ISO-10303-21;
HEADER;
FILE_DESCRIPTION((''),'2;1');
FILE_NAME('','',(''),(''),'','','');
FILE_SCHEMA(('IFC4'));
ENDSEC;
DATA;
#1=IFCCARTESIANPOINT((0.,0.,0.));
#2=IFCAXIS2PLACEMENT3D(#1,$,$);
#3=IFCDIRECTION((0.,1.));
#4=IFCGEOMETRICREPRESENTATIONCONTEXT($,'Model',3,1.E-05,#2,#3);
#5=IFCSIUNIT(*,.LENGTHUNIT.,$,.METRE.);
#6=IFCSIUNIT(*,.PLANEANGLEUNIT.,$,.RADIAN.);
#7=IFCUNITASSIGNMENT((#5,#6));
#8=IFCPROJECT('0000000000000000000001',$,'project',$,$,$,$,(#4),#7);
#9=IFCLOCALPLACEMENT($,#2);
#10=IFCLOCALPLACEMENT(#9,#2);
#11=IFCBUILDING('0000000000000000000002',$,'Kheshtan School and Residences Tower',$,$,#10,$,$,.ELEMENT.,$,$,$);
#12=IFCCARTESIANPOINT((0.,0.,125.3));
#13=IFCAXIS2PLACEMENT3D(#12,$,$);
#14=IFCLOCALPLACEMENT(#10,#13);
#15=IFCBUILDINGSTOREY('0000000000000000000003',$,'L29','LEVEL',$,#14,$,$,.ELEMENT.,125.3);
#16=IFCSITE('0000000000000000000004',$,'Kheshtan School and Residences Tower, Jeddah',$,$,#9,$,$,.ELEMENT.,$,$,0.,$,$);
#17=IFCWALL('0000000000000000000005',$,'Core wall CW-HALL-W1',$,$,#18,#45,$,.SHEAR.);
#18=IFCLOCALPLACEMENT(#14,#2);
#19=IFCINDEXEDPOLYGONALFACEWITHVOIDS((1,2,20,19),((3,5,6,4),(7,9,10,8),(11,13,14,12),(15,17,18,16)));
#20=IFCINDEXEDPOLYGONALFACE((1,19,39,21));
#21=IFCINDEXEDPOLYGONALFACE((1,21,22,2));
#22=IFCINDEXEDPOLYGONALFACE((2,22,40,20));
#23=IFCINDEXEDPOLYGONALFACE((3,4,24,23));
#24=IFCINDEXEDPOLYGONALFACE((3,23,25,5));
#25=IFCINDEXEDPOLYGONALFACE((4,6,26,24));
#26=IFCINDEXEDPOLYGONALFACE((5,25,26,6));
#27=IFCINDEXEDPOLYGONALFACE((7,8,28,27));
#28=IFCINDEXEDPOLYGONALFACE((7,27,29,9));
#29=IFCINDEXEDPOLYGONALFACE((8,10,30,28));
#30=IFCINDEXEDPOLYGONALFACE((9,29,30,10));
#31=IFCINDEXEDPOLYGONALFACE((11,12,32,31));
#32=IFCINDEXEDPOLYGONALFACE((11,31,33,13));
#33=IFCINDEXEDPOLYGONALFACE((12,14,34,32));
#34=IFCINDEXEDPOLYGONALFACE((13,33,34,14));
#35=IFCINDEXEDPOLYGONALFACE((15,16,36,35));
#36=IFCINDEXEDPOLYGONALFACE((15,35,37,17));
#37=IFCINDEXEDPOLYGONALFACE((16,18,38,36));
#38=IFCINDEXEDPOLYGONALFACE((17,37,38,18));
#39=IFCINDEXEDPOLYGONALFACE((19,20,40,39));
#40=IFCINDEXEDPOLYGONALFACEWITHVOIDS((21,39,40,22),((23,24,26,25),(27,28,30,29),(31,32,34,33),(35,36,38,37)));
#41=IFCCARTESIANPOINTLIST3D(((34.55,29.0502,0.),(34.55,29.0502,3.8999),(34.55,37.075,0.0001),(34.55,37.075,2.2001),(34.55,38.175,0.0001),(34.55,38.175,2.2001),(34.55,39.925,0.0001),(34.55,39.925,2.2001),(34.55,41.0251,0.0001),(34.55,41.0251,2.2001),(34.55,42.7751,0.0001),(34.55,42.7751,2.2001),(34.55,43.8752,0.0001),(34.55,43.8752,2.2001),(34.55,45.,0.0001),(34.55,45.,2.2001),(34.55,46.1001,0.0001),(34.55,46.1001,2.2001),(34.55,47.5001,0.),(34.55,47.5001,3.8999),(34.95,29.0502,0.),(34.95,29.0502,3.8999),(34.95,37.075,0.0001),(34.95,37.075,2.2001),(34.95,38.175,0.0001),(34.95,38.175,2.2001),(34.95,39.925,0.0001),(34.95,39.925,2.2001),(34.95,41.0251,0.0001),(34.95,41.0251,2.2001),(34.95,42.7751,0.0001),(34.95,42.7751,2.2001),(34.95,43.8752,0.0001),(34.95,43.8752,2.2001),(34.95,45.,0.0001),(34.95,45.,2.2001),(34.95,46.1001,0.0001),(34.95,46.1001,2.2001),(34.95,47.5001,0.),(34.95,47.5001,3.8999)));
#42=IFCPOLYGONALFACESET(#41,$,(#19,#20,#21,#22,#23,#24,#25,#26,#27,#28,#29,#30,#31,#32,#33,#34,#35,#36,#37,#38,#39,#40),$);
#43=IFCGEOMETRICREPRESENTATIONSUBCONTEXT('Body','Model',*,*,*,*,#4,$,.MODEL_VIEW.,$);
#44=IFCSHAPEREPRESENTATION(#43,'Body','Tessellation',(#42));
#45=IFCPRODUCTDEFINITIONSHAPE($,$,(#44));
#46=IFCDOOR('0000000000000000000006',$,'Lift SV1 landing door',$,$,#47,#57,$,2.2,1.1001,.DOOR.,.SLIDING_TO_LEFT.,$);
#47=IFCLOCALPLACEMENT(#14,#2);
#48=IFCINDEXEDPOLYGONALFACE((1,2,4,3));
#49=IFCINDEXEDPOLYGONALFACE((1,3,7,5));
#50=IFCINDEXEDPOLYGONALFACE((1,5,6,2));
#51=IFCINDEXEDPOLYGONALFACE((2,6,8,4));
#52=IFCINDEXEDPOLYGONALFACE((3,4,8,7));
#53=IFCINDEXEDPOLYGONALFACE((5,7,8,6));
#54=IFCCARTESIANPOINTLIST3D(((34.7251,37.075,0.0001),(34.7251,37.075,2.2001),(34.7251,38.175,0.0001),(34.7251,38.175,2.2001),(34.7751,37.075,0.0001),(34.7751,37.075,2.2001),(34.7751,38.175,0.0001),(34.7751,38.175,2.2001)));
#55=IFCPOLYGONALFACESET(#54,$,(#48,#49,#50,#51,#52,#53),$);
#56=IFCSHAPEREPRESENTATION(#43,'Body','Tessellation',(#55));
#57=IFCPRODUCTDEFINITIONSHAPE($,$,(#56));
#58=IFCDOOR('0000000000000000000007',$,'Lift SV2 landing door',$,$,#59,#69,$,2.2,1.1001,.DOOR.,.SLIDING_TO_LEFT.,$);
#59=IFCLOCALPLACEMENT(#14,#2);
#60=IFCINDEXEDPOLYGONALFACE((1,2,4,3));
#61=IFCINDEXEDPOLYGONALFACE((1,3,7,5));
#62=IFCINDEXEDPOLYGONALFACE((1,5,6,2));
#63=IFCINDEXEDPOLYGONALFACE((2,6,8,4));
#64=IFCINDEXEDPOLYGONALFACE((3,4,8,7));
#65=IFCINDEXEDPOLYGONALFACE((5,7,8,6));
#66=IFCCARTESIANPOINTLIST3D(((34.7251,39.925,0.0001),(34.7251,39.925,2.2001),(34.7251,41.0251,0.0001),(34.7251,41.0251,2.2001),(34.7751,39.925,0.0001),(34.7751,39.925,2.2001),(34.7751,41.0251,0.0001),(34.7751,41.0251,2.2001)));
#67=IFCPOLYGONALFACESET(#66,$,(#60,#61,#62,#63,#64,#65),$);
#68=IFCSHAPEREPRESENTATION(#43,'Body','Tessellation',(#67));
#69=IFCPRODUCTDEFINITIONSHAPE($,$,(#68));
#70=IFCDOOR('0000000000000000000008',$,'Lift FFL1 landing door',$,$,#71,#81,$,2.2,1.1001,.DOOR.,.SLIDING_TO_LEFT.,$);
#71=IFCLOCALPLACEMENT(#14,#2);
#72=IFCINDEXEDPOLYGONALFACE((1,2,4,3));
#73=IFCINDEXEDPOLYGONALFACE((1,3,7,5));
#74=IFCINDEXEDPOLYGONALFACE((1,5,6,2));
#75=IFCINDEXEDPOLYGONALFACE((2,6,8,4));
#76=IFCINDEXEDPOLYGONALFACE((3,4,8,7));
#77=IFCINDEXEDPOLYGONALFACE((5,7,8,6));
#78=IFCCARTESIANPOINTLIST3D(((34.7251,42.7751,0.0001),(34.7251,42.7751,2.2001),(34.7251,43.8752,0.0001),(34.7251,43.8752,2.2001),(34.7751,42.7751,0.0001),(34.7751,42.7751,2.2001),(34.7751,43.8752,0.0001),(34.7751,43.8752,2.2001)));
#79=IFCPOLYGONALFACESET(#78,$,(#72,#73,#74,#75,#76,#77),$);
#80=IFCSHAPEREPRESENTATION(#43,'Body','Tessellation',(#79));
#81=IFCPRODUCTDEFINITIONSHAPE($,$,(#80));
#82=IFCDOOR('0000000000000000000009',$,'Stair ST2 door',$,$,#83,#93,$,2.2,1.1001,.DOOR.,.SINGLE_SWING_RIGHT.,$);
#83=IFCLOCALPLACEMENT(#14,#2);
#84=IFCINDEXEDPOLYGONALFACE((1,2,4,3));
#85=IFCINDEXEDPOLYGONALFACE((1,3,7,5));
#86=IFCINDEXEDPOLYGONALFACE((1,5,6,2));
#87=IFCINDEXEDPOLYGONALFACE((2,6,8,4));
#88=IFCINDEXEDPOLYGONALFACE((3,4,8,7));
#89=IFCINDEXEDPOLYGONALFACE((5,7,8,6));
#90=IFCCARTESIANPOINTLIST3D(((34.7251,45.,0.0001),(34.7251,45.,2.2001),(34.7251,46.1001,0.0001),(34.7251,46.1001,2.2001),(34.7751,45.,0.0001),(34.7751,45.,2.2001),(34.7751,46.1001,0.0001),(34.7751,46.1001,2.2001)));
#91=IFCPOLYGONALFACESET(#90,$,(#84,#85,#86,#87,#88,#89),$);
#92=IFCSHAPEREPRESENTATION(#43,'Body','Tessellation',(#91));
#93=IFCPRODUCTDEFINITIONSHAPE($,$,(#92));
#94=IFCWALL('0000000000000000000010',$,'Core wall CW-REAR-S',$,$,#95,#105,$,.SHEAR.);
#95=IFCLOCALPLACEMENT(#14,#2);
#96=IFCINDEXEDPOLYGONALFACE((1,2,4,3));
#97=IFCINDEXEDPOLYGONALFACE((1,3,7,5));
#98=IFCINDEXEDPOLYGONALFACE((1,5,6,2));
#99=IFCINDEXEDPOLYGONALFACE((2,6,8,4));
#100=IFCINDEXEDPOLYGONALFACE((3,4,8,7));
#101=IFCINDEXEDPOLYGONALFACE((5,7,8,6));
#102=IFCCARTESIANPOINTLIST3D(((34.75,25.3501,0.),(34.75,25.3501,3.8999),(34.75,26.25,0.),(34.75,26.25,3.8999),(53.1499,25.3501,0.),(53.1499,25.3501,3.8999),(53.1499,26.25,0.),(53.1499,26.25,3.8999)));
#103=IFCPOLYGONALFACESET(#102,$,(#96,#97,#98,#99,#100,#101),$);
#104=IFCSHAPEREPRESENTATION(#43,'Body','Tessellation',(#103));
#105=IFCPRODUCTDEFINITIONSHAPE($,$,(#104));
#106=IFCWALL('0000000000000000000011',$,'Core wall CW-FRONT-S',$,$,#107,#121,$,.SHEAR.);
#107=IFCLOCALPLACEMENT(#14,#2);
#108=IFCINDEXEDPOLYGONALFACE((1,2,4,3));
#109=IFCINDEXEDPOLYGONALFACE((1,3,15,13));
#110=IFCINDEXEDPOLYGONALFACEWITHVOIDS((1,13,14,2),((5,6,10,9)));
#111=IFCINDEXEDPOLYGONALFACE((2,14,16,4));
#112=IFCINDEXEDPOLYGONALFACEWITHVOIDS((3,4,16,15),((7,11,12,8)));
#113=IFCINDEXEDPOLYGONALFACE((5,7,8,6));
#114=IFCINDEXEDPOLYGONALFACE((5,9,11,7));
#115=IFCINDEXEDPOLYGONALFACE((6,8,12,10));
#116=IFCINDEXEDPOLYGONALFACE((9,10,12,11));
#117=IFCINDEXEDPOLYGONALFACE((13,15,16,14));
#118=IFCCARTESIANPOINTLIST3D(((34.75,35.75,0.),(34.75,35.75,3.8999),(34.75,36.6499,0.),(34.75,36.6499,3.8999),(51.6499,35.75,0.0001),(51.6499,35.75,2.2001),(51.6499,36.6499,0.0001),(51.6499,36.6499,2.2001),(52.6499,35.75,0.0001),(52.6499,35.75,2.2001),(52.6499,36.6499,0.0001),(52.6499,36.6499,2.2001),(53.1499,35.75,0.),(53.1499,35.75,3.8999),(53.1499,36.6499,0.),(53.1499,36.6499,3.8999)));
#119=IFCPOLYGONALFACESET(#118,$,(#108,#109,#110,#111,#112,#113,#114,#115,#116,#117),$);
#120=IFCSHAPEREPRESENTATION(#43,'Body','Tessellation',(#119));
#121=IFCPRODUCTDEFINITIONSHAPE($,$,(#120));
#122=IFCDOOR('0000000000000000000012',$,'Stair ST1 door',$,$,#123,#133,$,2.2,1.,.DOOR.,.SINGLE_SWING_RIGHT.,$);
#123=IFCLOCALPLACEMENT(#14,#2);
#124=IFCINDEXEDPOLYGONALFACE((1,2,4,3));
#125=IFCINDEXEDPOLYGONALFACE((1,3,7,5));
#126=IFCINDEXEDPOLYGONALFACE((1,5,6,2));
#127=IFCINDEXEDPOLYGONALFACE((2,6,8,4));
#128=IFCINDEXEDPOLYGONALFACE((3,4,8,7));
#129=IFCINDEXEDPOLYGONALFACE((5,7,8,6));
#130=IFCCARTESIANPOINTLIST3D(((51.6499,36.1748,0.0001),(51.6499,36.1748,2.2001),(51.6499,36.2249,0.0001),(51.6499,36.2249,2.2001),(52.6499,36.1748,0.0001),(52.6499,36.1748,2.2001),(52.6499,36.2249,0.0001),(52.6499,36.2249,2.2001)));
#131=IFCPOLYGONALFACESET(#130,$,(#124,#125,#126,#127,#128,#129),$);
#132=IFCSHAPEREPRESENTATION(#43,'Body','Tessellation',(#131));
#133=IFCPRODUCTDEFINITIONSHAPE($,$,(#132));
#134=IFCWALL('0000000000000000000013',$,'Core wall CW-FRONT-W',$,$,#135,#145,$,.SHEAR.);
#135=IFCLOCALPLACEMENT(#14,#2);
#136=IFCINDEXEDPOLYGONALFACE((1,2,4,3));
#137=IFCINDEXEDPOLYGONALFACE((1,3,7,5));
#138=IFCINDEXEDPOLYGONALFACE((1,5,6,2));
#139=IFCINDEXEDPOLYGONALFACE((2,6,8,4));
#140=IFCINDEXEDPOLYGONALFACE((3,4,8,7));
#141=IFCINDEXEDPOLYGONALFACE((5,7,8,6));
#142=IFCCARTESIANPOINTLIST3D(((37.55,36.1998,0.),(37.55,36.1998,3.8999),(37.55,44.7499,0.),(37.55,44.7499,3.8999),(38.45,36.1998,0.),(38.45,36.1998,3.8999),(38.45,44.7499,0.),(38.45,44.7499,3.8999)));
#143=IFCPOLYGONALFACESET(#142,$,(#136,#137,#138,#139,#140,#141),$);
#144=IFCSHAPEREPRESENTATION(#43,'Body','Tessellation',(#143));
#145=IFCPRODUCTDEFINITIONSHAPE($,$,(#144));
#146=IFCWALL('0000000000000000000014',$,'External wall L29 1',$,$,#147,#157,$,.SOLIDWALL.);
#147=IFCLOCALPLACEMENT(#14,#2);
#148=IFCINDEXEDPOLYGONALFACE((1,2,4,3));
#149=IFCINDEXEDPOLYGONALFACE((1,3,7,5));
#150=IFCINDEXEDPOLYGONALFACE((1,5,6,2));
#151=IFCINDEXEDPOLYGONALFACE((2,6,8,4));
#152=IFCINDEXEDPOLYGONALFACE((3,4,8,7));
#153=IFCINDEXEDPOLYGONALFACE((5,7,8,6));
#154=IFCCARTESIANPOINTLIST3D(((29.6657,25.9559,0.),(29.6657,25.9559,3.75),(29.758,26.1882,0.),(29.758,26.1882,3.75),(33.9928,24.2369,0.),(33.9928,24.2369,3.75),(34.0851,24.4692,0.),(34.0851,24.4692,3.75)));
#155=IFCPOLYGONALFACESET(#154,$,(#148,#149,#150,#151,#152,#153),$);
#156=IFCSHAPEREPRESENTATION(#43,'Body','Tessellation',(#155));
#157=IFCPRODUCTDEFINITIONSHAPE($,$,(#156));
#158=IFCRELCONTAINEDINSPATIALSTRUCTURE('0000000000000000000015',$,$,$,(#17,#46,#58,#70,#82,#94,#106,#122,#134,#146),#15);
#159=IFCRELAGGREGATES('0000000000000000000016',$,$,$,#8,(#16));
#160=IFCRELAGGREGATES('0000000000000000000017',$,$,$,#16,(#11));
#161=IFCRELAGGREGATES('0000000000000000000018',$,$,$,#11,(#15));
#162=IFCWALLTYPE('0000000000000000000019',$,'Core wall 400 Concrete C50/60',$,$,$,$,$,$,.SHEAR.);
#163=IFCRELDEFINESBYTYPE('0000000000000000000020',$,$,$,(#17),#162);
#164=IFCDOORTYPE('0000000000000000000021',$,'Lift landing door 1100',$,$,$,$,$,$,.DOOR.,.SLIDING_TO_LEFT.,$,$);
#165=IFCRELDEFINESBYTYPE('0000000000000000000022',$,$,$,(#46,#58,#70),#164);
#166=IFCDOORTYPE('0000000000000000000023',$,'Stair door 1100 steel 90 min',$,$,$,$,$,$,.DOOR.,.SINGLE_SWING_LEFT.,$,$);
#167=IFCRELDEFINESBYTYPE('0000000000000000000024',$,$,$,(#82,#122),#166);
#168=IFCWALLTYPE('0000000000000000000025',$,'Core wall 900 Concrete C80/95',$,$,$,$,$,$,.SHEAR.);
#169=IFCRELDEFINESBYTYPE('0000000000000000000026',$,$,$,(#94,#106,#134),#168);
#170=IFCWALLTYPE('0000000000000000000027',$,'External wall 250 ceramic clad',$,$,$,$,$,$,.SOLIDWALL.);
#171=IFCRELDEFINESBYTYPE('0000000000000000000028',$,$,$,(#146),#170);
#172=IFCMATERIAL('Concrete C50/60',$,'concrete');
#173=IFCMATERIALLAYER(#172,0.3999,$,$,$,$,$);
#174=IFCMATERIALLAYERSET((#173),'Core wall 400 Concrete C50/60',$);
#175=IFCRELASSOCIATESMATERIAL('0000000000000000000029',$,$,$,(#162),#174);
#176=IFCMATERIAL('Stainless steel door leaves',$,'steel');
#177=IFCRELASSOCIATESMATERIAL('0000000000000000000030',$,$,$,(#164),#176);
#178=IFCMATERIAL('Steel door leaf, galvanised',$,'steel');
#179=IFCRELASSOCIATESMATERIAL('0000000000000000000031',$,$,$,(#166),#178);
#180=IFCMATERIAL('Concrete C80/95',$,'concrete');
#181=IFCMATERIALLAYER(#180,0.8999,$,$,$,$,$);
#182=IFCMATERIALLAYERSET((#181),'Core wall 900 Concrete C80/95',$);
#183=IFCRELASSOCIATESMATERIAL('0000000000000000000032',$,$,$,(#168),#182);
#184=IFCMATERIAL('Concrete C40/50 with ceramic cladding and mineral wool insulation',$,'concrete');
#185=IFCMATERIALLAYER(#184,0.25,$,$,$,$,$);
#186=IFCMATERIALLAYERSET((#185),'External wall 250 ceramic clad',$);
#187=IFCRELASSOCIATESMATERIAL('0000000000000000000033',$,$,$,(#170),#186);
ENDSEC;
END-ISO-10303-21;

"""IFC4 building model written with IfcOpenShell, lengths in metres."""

from ifc_helpers import new_model, si_unit, direction, frame, frame_2d, origin, place, context, subcontext, project, spatial, rectangle, extrude, source, transform, mapped, material, layer, layer_set, type_object, element, fill, save


model = new_model("IFC4")

# Units and contexts
model_context = context("Model", 3, precision=1e-05, world=origin(), true_north=direction((0.0, 1.0)))
body_context = subcontext(model_context, "Body", "Model", "MODEL_VIEW")
ifc_project = project(units=[si_unit("LENGTHUNIT", "METRE"), si_unit("PLANEANGLEUNIT", "RADIAN")], contexts=[model_context])

# Site, building, storey
site_placement = place(None, origin())
site = spatial("IfcSite", under=ifc_project, at=site_placement, Name="Kheshtan School and Residences Tower, Jeddah", CompositionType="ELEMENT", RefElevation=0.0)
building_placement = place(site_placement, origin())
building = spatial("IfcBuilding", under=site, at=building_placement, Name="Kheshtan School and Residences Tower", CompositionType="ELEMENT")
storey_placement = place(building_placement, frame((0.0, 0.0, 125.3)))
storey = spatial("IfcBuildingStorey", under=building, at=storey_placement, Name="L29", Description="LEVEL", CompositionType="ELEMENT", Elevation=125.3)

# Shared definitions
ifc_material_1 = material(Name="Concrete C50/60", Category="concrete")
ifc_layer_1 = layer(ifc_material_1, 0.3999)
ifc_layer_set_1 = layer_set([ifc_layer_1], Name="Core wall 400 Concrete C50/60")
wall_type_1 = type_object("IfcWallType", Name="Core wall 400 Concrete C50/60", PredefinedType="SHEAR", material=ifc_layer_set_1)
ifc_material_2 = material(Name="Stainless steel door leaves", Category="steel")
door_type_1 = type_object("IfcDoorType", Name="Lift landing door 1100", OperationType="SLIDING_TO_LEFT", PredefinedType="DOOR", material=ifc_material_2)
shared_shape_1 = source(origin(), body_context, "Body", "SweptSolid", [
    extrude(rectangle(XDim=1.1001, YDim=2.2, at=frame_2d((0.55, 1.1001))), frame((0.0, 0.0249, 0.0), z_axis=(0.0, -1.0, 0.0), x_axis=(1.0, 0.0, 0.0)), (0.0, 0.0, 1.0), 0.05),
])

# Wall, openings, doors
wall_1_placement = place(storey_placement, frame((34.75, 29.05, 0.0), z_axis=(0.0, 0.0, 1.0), x_axis=(0.0, 1.0, 0.0)))
wall_1 = element("IfcWall", 1, at=wall_1_placement, inside=storey, type_object=wall_type_1, Name="Core wall CW-HALL-W1", PredefinedType="SHEAR", context=body_context, shape_type="SweptSolid", body=[
    extrude(rectangle(XDim=18.45, YDim=0.3999, at=frame_2d((9.2251, 0.0))), origin(), (0.0, 0.0, 1.0), 3.8999),
])
opening_1_placement = place(wall_1_placement, frame((8.0249, 0.0, 0.0)))
opening_1 = element("IfcOpeningElement", 2, at=opening_1_placement, cuts=wall_1, PredefinedType="OPENING", context=body_context, shape_type="SweptSolid", body=[
    extrude(rectangle(XDim=1.1001, YDim=2.2, at=frame_2d((0.55, 1.1001))), frame((0.0, 0.21, 0.0), z_axis=(0.0, -1.0, 0.0), x_axis=(1.0, 0.0, 0.0)), (0.0, 0.0, 1.0), 0.4199),
])
opening_2_placement = place(wall_1_placement, frame((10.875, 0.0, 0.0)))
opening_2 = element("IfcOpeningElement", 3, at=opening_2_placement, cuts=wall_1, PredefinedType="OPENING", context=body_context, shape_type="SweptSolid", body=[
    extrude(rectangle(XDim=1.1001, YDim=2.2, at=frame_2d((0.55, 1.1001))), frame((0.0, 0.21, 0.0), z_axis=(0.0, -1.0, 0.0), x_axis=(1.0, 0.0, 0.0)), (0.0, 0.0, 1.0), 0.4199),
])
opening_3_placement = place(wall_1_placement, frame((13.7251, 0.0, 0.0)))
opening_3 = element("IfcOpeningElement", 4, at=opening_3_placement, cuts=wall_1, PredefinedType="OPENING", context=body_context, shape_type="SweptSolid", body=[
    extrude(rectangle(XDim=1.1001, YDim=2.2, at=frame_2d((0.55, 1.1001))), frame((0.0, 0.21, 0.0), z_axis=(0.0, -1.0, 0.0), x_axis=(1.0, 0.0, 0.0)), (0.0, 0.0, 1.0), 0.4199),
])
opening_4_placement = place(wall_1_placement, frame((15.95, 0.0, 0.0)))
opening_4 = element("IfcOpeningElement", 5, at=opening_4_placement, cuts=wall_1, PredefinedType="OPENING", context=body_context, shape_type="SweptSolid", body=[
    extrude(rectangle(XDim=1.1001, YDim=2.2, at=frame_2d((0.55, 1.1001))), frame((0.0, 0.21, 0.0), z_axis=(0.0, -1.0, 0.0), x_axis=(1.0, 0.0, 0.0)), (0.0, 0.0, 1.0), 0.4199),
])
door_1_placement = place(opening_1_placement, origin())
door_1 = element("IfcDoor", 6, at=door_1_placement, inside=storey, type_object=door_type_1, Name="Lift SV1 landing door", OperationType="SLIDING_TO_LEFT", OverallHeight=2.2, OverallWidth=1.1001, PredefinedType="DOOR", context=body_context, shape_type="MappedRepresentation", body=[
    mapped(shared_shape_1, transform((0.0, 0.0, 0.0), x_axis=(1.0, 0.0, 0.0), y_axis=(0.0, 1.0, 0.0), z_axis=(0.0, 0.0, 1.0), scale=1.0)),
])
fill(opening_1, door_1)
door_2_placement = place(opening_2_placement, origin())
door_2 = element("IfcDoor", 7, at=door_2_placement, inside=storey, type_object=door_type_1, Name="Lift SV2 landing door", OperationType="SLIDING_TO_LEFT", OverallHeight=2.2, OverallWidth=1.1001, PredefinedType="DOOR", context=body_context, shape_type="MappedRepresentation", body=[
    mapped(shared_shape_1, transform((0.0, 0.0, 0.0), x_axis=(1.0, 0.0, 0.0), y_axis=(0.0, 1.0, 0.0), z_axis=(0.0, 0.0, 1.0), scale=1.0)),
])
fill(opening_2, door_2)
door_3_placement = place(opening_3_placement, origin())
door_3 = element("IfcDoor", 8, at=door_3_placement, inside=storey, type_object=door_type_1, Name="Lift FFL1 landing door", OperationType="SLIDING_TO_LEFT", OverallHeight=2.2, OverallWidth=1.1001, PredefinedType="DOOR", context=body_context, shape_type="MappedRepresentation", body=[
    mapped(shared_shape_1, transform((0.0, 0.0, 0.0), x_axis=(1.0, 0.0, 0.0), y_axis=(0.0, 1.0, 0.0), z_axis=(0.0, 0.0, 1.0), scale=1.0)),
])
fill(opening_3, door_3)
ifc_material_3 = material(Name="Steel door leaf, galvanised", Category="steel")
door_type_2 = type_object("IfcDoorType", Name="Stair door 1100 steel 90 min", OperationType="SINGLE_SWING_LEFT", PredefinedType="DOOR", material=ifc_material_3)
shared_shape_2 = source(origin(), body_context, "Body", "SweptSolid", [
    extrude(rectangle(XDim=1.1001, YDim=2.2, at=frame_2d((0.55, 1.1001))), frame((0.0, 0.0249, 0.0), z_axis=(0.0, -1.0, 0.0), x_axis=(1.0, 0.0, 0.0)), (0.0, 0.0, 1.0), 0.05),
])
door_4_placement = place(opening_4_placement, origin())
door_4 = element("IfcDoor", 9, at=door_4_placement, inside=storey, type_object=door_type_2, Name="Stair ST2 door", OperationType="SINGLE_SWING_RIGHT", OverallHeight=2.2, OverallWidth=1.1001, PredefinedType="DOOR", context=body_context, shape_type="MappedRepresentation", body=[
    mapped(shared_shape_2, transform((0.0, 0.0, 0.0), x_axis=(1.0, 0.0, 0.0), y_axis=(0.0, 1.0, 0.0), z_axis=(0.0, 0.0, 1.0), scale=1.0)),
])
fill(opening_4, door_4)

# Wall
ifc_material_4 = material(Name="Concrete C80/95", Category="concrete")
ifc_layer_2 = layer(ifc_material_4, 0.8999)
ifc_layer_set_2 = layer_set([ifc_layer_2], Name="Core wall 900 Concrete C80/95")
wall_type_2 = type_object("IfcWallType", Name="Core wall 900 Concrete C80/95", PredefinedType="SHEAR", material=ifc_layer_set_2)
wall_2_placement = place(storey_placement, frame((34.75, 25.8, 0.0), z_axis=(0.0, 0.0, 1.0), x_axis=(1.0, 0.0, 0.0)))
element("IfcWall", 10, at=wall_2_placement, inside=storey, type_object=wall_type_2, Name="Core wall CW-REAR-S", PredefinedType="SHEAR", context=body_context, shape_type="SweptSolid", body=[
    extrude(rectangle(XDim=18.3999, YDim=0.8999, at=frame_2d((9.2, 0.0))), origin(), (0.0, 0.0, 1.0), 3.8999),
])

# Wall, opening, door
wall_3_placement = place(storey_placement, frame((34.75, 36.2, 0.0), z_axis=(0.0, 0.0, 1.0), x_axis=(1.0, 0.0, 0.0)))
wall_3 = element("IfcWall", 11, at=wall_3_placement, inside=storey, type_object=wall_type_2, Name="Core wall CW-FRONT-S", PredefinedType="SHEAR", context=body_context, shape_type="SweptSolid", body=[
    extrude(rectangle(XDim=18.3999, YDim=0.8999, at=frame_2d((9.2, 0.0))), origin(), (0.0, 0.0, 1.0), 3.8999),
])
opening_5_placement = place(wall_3_placement, frame((16.8999, 0.0, 0.0)))
opening_5 = element("IfcOpeningElement", 12, at=opening_5_placement, cuts=wall_3, PredefinedType="OPENING", context=body_context, shape_type="SweptSolid", body=[
    extrude(rectangle(XDim=1.0, YDim=2.2, at=frame_2d((0.5, 1.1001))), frame((0.0, 0.46, 0.0), z_axis=(0.0, -1.0, 0.0), x_axis=(1.0, 0.0, 0.0)), (0.0, 0.0, 1.0), 0.9199),
])
shared_shape_3 = source(origin(), body_context, "Body", "SweptSolid", [
    extrude(rectangle(XDim=1.0, YDim=2.2, at=frame_2d((0.5, 1.1001))), frame((0.0, 0.0249, 0.0), z_axis=(0.0, -1.0, 0.0), x_axis=(1.0, 0.0, 0.0)), (0.0, 0.0, 1.0), 0.05),
])
door_5_placement = place(opening_5_placement, origin())
door_5 = element("IfcDoor", 13, at=door_5_placement, inside=storey, type_object=door_type_2, Name="Stair ST1 door", OperationType="SINGLE_SWING_RIGHT", OverallHeight=2.2, OverallWidth=1.0, PredefinedType="DOOR", context=body_context, shape_type="MappedRepresentation", body=[
    mapped(shared_shape_3, transform((0.0, 0.0, 0.0), x_axis=(1.0, 0.0, 0.0), y_axis=(0.0, 1.0, 0.0), z_axis=(0.0, 0.0, 1.0), scale=1.0)),
])
fill(opening_5, door_5)

# Walls
wall_4_placement = place(storey_placement, frame((38.0, 36.2, 0.0), z_axis=(0.0, 0.0, 1.0), x_axis=(0.0, 1.0, 0.0)))
element("IfcWall", 14, at=wall_4_placement, inside=storey, type_object=wall_type_2, Name="Core wall CW-FRONT-W", PredefinedType="SHEAR", context=body_context, shape_type="SweptSolid", body=[
    extrude(rectangle(XDim=8.55, YDim=0.8999, at=frame_2d((4.2749, 0.0))), origin(), (0.0, 0.0, 1.0), 3.8999),
])
ifc_material_5 = material(Name="Concrete C40/50 with ceramic cladding and mineral wool insulation", Category="concrete")
ifc_layer_3 = layer(ifc_material_5, 0.25)
ifc_layer_set_3 = layer_set([ifc_layer_3], Name="External wall 250 ceramic clad")
wall_type_3 = type_object("IfcWallType", Name="External wall 250 ceramic clad", PredefinedType="SOLIDWALL", material=ifc_layer_set_3)
wall_5_placement = place(storey_placement, frame((34.0391, 24.353, 0.0), z_axis=(0.0, 0.0, 1.0), x_axis=(-0.929353, 0.369193, 0.0)))
element("IfcWall", 15, at=wall_5_placement, inside=storey, type_object=wall_type_3, Name="External wall L29 1", PredefinedType="SOLIDWALL", context=body_context, shape_type="SweptSolid", body=[
    extrude(rectangle(XDim=4.656, YDim=0.25, at=frame_2d((2.3281, 0.0))), origin(), (0.0, 0.0, 1.0), 3.75),
])

save(model, "model.ifc")
